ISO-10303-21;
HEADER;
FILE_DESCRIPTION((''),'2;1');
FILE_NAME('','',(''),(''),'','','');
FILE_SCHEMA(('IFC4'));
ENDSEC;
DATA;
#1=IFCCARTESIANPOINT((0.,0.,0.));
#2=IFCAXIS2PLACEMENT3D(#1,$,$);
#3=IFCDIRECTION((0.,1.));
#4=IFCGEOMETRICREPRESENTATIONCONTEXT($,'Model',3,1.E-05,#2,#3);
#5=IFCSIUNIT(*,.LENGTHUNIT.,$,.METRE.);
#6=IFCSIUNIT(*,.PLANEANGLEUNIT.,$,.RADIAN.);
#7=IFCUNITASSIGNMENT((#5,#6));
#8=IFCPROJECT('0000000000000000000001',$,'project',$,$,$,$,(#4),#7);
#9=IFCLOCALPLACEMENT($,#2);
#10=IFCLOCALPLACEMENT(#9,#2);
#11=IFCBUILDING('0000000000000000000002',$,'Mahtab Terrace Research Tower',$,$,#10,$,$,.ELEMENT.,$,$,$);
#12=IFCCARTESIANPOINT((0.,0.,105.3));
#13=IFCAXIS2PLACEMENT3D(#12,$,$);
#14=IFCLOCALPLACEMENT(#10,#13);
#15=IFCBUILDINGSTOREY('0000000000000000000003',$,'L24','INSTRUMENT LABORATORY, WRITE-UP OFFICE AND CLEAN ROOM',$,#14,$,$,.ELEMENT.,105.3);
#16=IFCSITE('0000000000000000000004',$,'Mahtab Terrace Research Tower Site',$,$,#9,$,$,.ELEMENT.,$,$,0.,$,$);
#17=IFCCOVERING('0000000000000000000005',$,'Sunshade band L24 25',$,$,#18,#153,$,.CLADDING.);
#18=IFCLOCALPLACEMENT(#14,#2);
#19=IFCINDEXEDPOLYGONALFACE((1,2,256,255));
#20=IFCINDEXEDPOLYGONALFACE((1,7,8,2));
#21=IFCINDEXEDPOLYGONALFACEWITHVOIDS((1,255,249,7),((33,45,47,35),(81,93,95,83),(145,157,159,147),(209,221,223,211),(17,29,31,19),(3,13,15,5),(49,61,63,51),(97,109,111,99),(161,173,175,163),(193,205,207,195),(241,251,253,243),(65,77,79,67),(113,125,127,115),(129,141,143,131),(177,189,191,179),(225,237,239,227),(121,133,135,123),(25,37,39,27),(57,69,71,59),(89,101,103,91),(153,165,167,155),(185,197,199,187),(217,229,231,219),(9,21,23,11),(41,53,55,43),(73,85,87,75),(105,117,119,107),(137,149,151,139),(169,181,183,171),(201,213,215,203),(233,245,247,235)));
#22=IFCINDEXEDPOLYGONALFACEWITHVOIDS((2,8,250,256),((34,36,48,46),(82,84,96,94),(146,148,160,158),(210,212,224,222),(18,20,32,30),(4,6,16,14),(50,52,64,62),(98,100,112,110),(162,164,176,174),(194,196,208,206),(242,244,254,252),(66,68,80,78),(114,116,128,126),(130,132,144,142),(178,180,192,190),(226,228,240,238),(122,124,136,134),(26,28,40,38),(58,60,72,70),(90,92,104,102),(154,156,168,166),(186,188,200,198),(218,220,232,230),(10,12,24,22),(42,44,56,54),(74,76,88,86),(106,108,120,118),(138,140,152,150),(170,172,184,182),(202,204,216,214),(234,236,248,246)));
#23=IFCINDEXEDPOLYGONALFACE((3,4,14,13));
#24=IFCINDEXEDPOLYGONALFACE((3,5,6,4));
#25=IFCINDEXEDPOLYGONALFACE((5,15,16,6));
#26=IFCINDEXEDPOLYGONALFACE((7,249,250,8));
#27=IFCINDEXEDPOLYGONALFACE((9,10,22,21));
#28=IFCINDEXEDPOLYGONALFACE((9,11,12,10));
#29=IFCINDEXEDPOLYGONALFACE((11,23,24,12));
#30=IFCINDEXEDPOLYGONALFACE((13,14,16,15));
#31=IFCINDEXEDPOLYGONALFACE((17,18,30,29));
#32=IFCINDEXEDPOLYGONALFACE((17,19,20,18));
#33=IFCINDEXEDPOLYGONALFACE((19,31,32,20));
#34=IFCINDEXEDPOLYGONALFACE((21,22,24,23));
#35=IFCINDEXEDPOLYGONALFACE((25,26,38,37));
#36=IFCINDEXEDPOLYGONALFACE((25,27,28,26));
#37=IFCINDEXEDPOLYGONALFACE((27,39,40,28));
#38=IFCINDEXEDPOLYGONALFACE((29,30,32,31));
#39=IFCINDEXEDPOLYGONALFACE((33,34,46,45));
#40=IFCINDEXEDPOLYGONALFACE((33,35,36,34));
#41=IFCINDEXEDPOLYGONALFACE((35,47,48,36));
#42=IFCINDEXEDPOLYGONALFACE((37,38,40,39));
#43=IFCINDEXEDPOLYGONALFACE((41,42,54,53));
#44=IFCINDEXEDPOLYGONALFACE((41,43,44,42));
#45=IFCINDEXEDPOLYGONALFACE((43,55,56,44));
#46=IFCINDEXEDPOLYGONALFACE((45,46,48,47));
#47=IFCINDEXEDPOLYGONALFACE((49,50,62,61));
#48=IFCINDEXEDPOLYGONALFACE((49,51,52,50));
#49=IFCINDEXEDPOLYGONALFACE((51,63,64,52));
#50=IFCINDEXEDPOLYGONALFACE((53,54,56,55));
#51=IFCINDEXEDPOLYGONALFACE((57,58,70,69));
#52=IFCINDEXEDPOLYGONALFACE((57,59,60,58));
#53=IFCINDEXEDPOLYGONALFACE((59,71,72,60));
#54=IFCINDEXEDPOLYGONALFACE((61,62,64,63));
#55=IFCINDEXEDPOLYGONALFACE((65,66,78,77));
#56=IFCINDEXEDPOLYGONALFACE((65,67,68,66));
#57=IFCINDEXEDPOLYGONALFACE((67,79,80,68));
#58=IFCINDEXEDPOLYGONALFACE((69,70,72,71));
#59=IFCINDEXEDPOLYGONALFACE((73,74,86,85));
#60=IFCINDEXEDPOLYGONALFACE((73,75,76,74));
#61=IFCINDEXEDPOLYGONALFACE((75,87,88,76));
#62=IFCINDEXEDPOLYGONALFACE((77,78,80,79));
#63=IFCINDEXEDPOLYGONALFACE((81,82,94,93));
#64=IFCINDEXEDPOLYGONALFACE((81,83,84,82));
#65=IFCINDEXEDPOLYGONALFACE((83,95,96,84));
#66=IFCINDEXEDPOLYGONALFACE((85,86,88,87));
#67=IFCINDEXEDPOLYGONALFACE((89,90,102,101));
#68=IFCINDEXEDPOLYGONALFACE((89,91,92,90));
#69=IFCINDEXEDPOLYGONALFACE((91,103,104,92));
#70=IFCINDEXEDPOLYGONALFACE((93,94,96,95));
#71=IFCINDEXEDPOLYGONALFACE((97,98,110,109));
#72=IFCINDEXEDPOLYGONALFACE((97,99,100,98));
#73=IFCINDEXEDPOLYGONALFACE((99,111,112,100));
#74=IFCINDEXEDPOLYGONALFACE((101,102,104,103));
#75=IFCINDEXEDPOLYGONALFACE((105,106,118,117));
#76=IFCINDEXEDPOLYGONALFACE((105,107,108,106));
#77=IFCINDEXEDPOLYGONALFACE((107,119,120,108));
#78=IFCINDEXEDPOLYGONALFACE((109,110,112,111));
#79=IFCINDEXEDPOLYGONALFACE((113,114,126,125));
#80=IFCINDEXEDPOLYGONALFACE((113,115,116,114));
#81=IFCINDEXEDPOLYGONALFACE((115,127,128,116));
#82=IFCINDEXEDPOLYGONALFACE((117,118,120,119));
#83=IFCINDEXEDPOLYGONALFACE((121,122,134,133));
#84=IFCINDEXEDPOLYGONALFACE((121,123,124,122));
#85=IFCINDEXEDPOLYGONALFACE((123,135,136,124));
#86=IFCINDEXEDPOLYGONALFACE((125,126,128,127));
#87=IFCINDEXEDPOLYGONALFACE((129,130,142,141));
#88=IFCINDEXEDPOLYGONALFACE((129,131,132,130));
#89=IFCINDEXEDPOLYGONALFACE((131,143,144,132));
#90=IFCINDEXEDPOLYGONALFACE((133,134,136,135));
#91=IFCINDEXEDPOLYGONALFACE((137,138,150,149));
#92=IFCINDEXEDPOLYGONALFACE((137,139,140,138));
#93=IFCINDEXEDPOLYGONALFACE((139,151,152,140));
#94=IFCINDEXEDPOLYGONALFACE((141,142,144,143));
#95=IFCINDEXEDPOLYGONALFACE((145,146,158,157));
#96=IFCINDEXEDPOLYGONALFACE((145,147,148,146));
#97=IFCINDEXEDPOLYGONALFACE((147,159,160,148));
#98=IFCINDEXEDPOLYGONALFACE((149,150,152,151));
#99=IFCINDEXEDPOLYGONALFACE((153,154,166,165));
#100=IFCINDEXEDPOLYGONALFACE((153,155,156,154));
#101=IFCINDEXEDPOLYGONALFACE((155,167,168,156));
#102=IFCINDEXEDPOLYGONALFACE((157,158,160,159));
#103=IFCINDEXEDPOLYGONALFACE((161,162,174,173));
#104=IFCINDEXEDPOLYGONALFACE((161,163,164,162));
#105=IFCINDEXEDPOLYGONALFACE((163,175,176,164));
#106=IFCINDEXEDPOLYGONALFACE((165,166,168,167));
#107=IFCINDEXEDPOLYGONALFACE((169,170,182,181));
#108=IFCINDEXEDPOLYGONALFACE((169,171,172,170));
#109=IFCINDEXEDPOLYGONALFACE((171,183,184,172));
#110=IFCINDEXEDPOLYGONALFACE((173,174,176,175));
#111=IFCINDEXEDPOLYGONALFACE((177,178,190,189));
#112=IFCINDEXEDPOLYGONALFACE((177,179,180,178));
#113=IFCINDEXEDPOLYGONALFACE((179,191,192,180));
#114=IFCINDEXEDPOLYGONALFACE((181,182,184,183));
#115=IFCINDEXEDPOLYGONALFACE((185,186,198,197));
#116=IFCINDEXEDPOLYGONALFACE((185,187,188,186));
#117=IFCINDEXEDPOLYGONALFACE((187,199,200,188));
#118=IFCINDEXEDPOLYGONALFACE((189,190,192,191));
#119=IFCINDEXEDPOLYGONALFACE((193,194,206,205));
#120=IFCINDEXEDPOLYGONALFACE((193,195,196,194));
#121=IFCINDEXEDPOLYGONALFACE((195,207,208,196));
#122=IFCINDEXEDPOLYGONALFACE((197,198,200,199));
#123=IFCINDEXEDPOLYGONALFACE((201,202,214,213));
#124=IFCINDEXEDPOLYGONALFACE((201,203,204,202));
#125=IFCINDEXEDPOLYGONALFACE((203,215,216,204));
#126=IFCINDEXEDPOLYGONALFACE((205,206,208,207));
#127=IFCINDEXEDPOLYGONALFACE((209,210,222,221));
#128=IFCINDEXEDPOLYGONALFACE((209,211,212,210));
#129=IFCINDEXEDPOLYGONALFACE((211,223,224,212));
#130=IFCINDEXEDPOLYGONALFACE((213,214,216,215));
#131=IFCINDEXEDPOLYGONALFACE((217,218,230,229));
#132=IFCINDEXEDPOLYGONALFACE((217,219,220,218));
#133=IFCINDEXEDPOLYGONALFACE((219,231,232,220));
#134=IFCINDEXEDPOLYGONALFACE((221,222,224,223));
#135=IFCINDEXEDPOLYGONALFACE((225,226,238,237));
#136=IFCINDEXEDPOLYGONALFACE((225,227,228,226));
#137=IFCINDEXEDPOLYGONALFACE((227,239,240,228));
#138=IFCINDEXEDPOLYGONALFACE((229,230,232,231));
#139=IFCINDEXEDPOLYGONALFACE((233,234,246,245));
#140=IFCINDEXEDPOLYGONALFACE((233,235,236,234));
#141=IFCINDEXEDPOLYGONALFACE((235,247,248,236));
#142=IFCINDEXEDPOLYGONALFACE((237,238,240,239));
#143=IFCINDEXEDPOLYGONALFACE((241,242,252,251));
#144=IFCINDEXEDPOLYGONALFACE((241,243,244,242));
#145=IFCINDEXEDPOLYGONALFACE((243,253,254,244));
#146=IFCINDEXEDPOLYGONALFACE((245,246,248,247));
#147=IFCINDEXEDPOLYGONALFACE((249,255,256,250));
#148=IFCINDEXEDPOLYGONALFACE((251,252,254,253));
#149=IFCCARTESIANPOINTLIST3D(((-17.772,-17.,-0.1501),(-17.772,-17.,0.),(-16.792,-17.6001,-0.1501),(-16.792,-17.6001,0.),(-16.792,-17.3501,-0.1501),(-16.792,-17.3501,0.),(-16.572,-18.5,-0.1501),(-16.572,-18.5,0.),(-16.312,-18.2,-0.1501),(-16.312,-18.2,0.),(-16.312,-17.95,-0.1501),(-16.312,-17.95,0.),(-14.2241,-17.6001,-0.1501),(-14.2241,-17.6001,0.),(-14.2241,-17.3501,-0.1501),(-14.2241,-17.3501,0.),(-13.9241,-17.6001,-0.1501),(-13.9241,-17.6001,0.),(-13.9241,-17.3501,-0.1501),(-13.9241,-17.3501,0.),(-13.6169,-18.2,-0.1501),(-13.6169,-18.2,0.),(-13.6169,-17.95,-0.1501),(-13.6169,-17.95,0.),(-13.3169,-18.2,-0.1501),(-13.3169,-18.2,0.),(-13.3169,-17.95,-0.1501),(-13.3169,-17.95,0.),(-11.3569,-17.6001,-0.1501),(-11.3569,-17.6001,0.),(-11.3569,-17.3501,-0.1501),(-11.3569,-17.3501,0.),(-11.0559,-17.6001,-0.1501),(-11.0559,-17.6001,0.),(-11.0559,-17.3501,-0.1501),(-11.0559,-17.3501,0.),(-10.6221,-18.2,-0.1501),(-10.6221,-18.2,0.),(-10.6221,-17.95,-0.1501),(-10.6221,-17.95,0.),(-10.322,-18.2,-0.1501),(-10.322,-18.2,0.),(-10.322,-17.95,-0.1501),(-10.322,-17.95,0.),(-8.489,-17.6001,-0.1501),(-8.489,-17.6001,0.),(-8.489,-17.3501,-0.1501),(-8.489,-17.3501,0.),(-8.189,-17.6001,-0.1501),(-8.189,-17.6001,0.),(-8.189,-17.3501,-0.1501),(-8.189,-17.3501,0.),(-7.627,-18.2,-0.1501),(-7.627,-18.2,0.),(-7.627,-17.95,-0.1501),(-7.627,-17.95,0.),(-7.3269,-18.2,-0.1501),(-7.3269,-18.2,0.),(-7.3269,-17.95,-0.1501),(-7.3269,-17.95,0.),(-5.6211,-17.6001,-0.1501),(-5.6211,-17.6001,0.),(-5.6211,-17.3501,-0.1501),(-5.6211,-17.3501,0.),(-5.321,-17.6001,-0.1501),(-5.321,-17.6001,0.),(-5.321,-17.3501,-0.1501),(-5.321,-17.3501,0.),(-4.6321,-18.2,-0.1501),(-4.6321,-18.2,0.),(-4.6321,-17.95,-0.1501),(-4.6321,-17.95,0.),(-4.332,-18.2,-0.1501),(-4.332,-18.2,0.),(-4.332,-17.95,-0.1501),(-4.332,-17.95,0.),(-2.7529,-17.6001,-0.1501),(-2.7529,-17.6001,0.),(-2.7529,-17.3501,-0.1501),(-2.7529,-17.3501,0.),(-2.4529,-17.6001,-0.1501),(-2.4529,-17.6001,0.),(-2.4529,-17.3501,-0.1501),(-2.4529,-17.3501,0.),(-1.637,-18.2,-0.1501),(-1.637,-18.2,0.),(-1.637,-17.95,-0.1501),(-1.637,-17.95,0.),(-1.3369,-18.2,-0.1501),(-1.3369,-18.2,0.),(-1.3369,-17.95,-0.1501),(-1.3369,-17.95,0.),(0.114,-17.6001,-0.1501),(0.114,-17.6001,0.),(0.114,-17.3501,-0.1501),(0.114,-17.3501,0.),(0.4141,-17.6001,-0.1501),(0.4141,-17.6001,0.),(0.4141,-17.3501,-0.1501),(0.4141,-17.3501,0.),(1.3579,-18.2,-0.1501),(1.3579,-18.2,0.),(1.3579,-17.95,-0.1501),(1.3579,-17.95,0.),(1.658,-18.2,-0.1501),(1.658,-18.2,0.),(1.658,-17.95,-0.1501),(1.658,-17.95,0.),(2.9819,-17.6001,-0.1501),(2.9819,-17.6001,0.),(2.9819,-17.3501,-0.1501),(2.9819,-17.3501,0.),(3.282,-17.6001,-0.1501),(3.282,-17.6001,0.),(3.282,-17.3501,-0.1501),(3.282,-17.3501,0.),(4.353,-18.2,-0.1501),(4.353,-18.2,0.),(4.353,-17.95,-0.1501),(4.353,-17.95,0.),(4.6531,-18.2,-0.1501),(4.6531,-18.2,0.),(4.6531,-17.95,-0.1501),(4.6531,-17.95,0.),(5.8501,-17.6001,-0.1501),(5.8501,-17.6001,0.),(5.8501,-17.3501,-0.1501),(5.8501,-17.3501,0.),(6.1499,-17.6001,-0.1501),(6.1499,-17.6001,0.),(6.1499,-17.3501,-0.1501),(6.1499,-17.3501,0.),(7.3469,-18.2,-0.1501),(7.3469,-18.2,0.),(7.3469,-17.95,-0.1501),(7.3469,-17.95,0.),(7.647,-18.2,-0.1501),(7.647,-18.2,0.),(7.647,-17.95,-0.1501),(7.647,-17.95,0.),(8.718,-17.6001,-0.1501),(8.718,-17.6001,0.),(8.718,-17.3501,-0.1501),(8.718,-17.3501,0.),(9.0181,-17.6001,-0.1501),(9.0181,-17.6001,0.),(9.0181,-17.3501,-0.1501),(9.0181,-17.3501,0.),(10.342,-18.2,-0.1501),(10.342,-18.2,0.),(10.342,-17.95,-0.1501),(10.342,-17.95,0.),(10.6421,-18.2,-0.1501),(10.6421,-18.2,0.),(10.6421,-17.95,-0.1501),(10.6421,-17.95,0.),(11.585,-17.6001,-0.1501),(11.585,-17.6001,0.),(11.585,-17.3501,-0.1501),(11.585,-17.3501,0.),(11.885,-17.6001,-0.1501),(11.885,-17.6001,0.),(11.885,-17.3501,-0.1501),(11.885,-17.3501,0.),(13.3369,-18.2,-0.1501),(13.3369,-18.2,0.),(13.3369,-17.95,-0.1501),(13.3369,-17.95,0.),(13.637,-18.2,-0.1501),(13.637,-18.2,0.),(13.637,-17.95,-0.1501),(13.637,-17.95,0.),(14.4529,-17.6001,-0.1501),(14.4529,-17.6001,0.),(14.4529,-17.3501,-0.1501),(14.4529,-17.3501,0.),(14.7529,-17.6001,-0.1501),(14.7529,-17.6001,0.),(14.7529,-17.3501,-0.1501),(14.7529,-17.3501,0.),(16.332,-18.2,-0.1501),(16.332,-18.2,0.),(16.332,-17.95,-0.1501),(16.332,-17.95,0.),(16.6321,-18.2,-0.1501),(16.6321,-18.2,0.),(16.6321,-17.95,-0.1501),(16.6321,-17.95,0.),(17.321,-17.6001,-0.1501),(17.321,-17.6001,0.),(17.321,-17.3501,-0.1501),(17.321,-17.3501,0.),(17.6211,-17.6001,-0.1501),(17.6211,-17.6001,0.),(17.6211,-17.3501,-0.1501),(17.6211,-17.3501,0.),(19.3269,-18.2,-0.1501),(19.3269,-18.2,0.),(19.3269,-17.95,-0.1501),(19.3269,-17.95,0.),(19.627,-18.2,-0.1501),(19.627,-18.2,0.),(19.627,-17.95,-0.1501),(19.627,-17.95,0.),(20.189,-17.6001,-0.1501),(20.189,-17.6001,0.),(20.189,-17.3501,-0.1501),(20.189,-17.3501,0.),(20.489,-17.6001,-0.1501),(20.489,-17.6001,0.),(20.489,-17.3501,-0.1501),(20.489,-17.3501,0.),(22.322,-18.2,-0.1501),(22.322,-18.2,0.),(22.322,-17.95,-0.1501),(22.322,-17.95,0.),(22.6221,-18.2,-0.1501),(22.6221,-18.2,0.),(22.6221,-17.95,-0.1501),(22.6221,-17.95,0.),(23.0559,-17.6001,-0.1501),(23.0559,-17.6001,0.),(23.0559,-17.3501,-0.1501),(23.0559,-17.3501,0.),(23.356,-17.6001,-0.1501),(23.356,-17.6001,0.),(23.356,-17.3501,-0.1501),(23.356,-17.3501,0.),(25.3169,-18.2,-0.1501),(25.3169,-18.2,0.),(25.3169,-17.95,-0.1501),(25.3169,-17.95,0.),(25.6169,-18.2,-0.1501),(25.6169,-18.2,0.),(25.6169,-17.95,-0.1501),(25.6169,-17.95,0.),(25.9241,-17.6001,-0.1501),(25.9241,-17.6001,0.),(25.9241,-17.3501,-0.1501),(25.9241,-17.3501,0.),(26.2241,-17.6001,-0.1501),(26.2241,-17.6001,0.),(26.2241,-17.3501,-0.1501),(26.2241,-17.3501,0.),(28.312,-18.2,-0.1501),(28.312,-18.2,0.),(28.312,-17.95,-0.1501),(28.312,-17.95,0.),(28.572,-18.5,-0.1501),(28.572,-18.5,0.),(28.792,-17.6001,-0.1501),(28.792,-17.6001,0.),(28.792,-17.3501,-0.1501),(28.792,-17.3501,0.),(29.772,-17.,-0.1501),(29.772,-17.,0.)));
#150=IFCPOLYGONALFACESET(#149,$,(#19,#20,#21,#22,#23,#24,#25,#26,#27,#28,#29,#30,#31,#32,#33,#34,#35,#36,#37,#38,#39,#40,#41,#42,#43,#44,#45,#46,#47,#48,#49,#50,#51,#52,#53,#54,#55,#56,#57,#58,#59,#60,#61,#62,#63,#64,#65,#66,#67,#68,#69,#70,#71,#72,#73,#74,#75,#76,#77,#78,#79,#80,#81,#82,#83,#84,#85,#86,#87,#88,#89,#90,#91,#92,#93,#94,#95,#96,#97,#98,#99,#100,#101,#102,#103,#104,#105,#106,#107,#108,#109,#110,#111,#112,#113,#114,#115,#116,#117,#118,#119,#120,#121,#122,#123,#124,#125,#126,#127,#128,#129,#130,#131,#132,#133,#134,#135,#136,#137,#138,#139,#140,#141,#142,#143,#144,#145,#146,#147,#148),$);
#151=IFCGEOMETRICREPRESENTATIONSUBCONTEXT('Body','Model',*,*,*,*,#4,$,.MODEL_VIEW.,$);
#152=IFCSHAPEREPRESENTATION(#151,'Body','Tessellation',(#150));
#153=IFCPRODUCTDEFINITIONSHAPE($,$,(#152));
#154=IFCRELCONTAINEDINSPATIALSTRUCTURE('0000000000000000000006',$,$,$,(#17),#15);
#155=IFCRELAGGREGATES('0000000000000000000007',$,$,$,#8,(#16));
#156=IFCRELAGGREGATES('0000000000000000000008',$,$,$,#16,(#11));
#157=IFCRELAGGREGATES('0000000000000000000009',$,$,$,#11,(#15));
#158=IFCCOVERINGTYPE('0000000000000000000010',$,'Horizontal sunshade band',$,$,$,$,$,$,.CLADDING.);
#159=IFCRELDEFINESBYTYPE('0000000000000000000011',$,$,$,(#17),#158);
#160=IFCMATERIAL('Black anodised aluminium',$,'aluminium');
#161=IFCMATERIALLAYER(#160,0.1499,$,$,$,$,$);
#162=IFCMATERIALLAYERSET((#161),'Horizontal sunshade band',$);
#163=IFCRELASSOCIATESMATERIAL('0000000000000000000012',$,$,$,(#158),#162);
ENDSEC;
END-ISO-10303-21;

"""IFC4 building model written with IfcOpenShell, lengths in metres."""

from ifc_helpers import new_model, si_unit, direction, frame, origin, place, context, subcontext, project, spatial, polyline, outline, extrude, material, layer, layer_set, type_object, element, save


model = new_model("IFC4")

# Units and contexts
model_context = context("Model", 3, precision=1e-05, world=origin(), true_north=direction((0.0, 1.0)))
body_context = subcontext(model_context, "Body", "Model", "MODEL_VIEW")
ifc_project = project(units=[si_unit("LENGTHUNIT", "METRE"), si_unit("PLANEANGLEUNIT", "RADIAN")], contexts=[model_context])

# Site, building, storey
site_placement = place(None, origin())
site = spatial("IfcSite", under=ifc_project, at=site_placement, Name="Mahtab Terrace Research Tower Site", CompositionType="ELEMENT", RefElevation=0.0)
building_placement = place(site_placement, origin())
building = spatial("IfcBuilding", under=site, at=building_placement, Name="Mahtab Terrace Research Tower", CompositionType="ELEMENT")
storey_placement = place(building_placement, frame((0.0, 0.0, 105.3)))
storey = spatial("IfcBuildingStorey", under=building, at=storey_placement, Name="L24", Description="INSTRUMENT LABORATORY, WRITE-UP OFFICE AND CLEAN ROOM", CompositionType="ELEMENT", Elevation=105.3)

# Covering
ifc_material_1 = material(Name="Black anodised aluminium", Category="aluminium")
ifc_layer_1 = layer(ifc_material_1, 0.1499)
ifc_layer_set_1 = layer_set([ifc_layer_1], Name="Horizontal sunshade band")
covering_type_1 = type_object("IfcCoveringType", Name="Horizontal sunshade band", PredefinedType="CLADDING", material=ifc_layer_set_1)
covering_1_placement = place(storey_placement, frame((0.0, 0.0, -0.1501)))
element("IfcCovering", 1, at=covering_1_placement, inside=storey, type_object=covering_type_1, Name="Sunshade band L24 25", PredefinedType="CLADDING", context=body_context, shape_type="SweptSolid", body=[
    extrude(outline(polyline([(-17.772, -17.0), (29.772, -17.0), (28.572, -18.5), (-16.572, -18.5), (-17.772, -17.0)]), holes=[polyline([(-16.792, -17.3501), (-14.2241, -17.3501), (-14.2241, -17.6001), (-16.792, -17.6001), (-16.792, -17.3501)]), polyline([(-13.9241, -17.3501), (-11.3569, -17.3501), (-11.3569, -17.6001), (-13.9241, -17.6001), (-13.9241, -17.3501)]), polyline([(-11.0559, -17.3501), (-8.489, -17.3501), (-8.489, -17.6001), (-11.0559, -17.6001), (-11.0559, -17.3501)]), polyline([(-8.189, -17.3501), (-5.6211, -17.3501), (-5.6211, -17.6001), (-8.189, -17.6001), (-8.189, -17.3501)]), polyline([(-5.321, -17.3501), (-2.7529, -17.3501), (-2.7529, -17.6001), (-5.321, -17.6001), (-5.321, -17.3501)]), polyline([(-2.4529, -17.3501), (0.114, -17.3501), (0.114, -17.6001), (-2.4529, -17.6001), (-2.4529, -17.3501)]), polyline([(0.4141, -17.3501), (2.9819, -17.3501), (2.9819, -17.6001), (0.4141, -17.6001), (0.4141, -17.3501)]), polyline([(3.282, -17.3501), (5.8501, -17.3501), (5.8501, -17.6001), (3.282, -17.6001), (3.282, -17.3501)]), polyline([(6.1499, -17.3501), (8.718, -17.3501), (8.718, -17.6001), (6.1499, -17.6001), (6.1499, -17.3501)]), polyline([(9.0181, -17.3501), (11.585, -17.3501), (11.585, -17.6001), (9.0181, -17.6001), (9.0181, -17.3501)]), polyline([(11.885, -17.3501), (14.4529, -17.3501), (14.4529, -17.6001), (11.885, -17.6001), (11.885, -17.3501)]), polyline([(14.7529, -17.3501), (17.321, -17.3501), (17.321, -17.6001), (14.7529, -17.6001), (14.7529, -17.3501)]), polyline([(17.6211, -17.3501), (20.189, -17.3501), (20.189, -17.6001), (17.6211, -17.6001), (17.6211, -17.3501)]), polyline([(20.489, -17.3501), (23.0559, -17.3501), (23.0559, -17.6001), (20.489, -17.6001), (20.489, -17.3501)]), polyline([(23.356, -17.3501), (25.9241, -17.3501), (25.9241, -17.6001), (23.356, -17.6001), (23.356, -17.3501)]), polyline([(26.2241, -17.3501), (28.792, -17.3501), (28.792, -17.6001), (26.2241, -17.6001), (26.2241, -17.3501)]), polyline([(-16.312, -17.95), (-13.6169, -17.95), (-13.6169, -18.2), (-16.312, -18.2), (-16.312, -17.95)]), polyline([(-13.3169, -17.95), (-10.6221, -17.95), (-10.6221, -18.2), (-13.3169, -18.2), (-13.3169, -17.95)]), polyline([(-10.322, -17.95), (-7.627, -17.95), (-7.627, -18.2), (-10.322, -18.2), (-10.322, -17.95)]), polyline([(-7.3269, -17.95), (-4.6321, -17.95), (-4.6321, -18.2), (-7.3269, -18.2), (-7.3269, -17.95)]), polyline([(-4.332, -17.95), (-1.637, -17.95), (-1.637, -18.2), (-4.332, -18.2), (-4.332, -17.95)]), polyline([(-1.3369, -17.95), (1.3579, -17.95), (1.3579, -18.2), (-1.3369, -18.2), (-1.3369, -17.95)]), polyline([(1.658, -17.95), (4.353, -17.95), (4.353, -18.2), (1.658, -18.2), (1.658, -17.95)]), polyline([(4.6531, -17.95), (7.3469, -17.95), (7.3469, -18.2), (4.6531, -18.2), (4.6531, -17.95)]), polyline([(7.647, -17.95), (10.342, -17.95), (10.342, -18.2), (7.647, -18.2), (7.647, -17.95)]), polyline([(10.6421, -17.95), (13.3369, -17.95), (13.3369, -18.2), (10.6421, -18.2), (10.6421, -17.95)]), polyline([(13.637, -17.95), (16.332, -17.95), (16.332, -18.2), (13.637, -18.2), (13.637, -17.95)]), polyline([(16.6321, -17.95), (19.3269, -17.95), (19.3269, -18.2), (16.6321, -18.2), (16.6321, -17.95)]), polyline([(19.627, -17.95), (22.322, -17.95), (22.322, -18.2), (19.627, -18.2), (19.627, -17.95)]), polyline([(22.6221, -17.95), (25.3169, -17.95), (25.3169, -18.2), (22.6221, -18.2), (22.6221, -17.95)]), polyline([(25.6169, -17.95), (28.312, -17.95), (28.312, -18.2), (25.6169, -18.2), (25.6169, -17.95)])]), origin(), (0.0, 0.0, 1.0), 0.1501),
])

save(model, "model.ifc")
